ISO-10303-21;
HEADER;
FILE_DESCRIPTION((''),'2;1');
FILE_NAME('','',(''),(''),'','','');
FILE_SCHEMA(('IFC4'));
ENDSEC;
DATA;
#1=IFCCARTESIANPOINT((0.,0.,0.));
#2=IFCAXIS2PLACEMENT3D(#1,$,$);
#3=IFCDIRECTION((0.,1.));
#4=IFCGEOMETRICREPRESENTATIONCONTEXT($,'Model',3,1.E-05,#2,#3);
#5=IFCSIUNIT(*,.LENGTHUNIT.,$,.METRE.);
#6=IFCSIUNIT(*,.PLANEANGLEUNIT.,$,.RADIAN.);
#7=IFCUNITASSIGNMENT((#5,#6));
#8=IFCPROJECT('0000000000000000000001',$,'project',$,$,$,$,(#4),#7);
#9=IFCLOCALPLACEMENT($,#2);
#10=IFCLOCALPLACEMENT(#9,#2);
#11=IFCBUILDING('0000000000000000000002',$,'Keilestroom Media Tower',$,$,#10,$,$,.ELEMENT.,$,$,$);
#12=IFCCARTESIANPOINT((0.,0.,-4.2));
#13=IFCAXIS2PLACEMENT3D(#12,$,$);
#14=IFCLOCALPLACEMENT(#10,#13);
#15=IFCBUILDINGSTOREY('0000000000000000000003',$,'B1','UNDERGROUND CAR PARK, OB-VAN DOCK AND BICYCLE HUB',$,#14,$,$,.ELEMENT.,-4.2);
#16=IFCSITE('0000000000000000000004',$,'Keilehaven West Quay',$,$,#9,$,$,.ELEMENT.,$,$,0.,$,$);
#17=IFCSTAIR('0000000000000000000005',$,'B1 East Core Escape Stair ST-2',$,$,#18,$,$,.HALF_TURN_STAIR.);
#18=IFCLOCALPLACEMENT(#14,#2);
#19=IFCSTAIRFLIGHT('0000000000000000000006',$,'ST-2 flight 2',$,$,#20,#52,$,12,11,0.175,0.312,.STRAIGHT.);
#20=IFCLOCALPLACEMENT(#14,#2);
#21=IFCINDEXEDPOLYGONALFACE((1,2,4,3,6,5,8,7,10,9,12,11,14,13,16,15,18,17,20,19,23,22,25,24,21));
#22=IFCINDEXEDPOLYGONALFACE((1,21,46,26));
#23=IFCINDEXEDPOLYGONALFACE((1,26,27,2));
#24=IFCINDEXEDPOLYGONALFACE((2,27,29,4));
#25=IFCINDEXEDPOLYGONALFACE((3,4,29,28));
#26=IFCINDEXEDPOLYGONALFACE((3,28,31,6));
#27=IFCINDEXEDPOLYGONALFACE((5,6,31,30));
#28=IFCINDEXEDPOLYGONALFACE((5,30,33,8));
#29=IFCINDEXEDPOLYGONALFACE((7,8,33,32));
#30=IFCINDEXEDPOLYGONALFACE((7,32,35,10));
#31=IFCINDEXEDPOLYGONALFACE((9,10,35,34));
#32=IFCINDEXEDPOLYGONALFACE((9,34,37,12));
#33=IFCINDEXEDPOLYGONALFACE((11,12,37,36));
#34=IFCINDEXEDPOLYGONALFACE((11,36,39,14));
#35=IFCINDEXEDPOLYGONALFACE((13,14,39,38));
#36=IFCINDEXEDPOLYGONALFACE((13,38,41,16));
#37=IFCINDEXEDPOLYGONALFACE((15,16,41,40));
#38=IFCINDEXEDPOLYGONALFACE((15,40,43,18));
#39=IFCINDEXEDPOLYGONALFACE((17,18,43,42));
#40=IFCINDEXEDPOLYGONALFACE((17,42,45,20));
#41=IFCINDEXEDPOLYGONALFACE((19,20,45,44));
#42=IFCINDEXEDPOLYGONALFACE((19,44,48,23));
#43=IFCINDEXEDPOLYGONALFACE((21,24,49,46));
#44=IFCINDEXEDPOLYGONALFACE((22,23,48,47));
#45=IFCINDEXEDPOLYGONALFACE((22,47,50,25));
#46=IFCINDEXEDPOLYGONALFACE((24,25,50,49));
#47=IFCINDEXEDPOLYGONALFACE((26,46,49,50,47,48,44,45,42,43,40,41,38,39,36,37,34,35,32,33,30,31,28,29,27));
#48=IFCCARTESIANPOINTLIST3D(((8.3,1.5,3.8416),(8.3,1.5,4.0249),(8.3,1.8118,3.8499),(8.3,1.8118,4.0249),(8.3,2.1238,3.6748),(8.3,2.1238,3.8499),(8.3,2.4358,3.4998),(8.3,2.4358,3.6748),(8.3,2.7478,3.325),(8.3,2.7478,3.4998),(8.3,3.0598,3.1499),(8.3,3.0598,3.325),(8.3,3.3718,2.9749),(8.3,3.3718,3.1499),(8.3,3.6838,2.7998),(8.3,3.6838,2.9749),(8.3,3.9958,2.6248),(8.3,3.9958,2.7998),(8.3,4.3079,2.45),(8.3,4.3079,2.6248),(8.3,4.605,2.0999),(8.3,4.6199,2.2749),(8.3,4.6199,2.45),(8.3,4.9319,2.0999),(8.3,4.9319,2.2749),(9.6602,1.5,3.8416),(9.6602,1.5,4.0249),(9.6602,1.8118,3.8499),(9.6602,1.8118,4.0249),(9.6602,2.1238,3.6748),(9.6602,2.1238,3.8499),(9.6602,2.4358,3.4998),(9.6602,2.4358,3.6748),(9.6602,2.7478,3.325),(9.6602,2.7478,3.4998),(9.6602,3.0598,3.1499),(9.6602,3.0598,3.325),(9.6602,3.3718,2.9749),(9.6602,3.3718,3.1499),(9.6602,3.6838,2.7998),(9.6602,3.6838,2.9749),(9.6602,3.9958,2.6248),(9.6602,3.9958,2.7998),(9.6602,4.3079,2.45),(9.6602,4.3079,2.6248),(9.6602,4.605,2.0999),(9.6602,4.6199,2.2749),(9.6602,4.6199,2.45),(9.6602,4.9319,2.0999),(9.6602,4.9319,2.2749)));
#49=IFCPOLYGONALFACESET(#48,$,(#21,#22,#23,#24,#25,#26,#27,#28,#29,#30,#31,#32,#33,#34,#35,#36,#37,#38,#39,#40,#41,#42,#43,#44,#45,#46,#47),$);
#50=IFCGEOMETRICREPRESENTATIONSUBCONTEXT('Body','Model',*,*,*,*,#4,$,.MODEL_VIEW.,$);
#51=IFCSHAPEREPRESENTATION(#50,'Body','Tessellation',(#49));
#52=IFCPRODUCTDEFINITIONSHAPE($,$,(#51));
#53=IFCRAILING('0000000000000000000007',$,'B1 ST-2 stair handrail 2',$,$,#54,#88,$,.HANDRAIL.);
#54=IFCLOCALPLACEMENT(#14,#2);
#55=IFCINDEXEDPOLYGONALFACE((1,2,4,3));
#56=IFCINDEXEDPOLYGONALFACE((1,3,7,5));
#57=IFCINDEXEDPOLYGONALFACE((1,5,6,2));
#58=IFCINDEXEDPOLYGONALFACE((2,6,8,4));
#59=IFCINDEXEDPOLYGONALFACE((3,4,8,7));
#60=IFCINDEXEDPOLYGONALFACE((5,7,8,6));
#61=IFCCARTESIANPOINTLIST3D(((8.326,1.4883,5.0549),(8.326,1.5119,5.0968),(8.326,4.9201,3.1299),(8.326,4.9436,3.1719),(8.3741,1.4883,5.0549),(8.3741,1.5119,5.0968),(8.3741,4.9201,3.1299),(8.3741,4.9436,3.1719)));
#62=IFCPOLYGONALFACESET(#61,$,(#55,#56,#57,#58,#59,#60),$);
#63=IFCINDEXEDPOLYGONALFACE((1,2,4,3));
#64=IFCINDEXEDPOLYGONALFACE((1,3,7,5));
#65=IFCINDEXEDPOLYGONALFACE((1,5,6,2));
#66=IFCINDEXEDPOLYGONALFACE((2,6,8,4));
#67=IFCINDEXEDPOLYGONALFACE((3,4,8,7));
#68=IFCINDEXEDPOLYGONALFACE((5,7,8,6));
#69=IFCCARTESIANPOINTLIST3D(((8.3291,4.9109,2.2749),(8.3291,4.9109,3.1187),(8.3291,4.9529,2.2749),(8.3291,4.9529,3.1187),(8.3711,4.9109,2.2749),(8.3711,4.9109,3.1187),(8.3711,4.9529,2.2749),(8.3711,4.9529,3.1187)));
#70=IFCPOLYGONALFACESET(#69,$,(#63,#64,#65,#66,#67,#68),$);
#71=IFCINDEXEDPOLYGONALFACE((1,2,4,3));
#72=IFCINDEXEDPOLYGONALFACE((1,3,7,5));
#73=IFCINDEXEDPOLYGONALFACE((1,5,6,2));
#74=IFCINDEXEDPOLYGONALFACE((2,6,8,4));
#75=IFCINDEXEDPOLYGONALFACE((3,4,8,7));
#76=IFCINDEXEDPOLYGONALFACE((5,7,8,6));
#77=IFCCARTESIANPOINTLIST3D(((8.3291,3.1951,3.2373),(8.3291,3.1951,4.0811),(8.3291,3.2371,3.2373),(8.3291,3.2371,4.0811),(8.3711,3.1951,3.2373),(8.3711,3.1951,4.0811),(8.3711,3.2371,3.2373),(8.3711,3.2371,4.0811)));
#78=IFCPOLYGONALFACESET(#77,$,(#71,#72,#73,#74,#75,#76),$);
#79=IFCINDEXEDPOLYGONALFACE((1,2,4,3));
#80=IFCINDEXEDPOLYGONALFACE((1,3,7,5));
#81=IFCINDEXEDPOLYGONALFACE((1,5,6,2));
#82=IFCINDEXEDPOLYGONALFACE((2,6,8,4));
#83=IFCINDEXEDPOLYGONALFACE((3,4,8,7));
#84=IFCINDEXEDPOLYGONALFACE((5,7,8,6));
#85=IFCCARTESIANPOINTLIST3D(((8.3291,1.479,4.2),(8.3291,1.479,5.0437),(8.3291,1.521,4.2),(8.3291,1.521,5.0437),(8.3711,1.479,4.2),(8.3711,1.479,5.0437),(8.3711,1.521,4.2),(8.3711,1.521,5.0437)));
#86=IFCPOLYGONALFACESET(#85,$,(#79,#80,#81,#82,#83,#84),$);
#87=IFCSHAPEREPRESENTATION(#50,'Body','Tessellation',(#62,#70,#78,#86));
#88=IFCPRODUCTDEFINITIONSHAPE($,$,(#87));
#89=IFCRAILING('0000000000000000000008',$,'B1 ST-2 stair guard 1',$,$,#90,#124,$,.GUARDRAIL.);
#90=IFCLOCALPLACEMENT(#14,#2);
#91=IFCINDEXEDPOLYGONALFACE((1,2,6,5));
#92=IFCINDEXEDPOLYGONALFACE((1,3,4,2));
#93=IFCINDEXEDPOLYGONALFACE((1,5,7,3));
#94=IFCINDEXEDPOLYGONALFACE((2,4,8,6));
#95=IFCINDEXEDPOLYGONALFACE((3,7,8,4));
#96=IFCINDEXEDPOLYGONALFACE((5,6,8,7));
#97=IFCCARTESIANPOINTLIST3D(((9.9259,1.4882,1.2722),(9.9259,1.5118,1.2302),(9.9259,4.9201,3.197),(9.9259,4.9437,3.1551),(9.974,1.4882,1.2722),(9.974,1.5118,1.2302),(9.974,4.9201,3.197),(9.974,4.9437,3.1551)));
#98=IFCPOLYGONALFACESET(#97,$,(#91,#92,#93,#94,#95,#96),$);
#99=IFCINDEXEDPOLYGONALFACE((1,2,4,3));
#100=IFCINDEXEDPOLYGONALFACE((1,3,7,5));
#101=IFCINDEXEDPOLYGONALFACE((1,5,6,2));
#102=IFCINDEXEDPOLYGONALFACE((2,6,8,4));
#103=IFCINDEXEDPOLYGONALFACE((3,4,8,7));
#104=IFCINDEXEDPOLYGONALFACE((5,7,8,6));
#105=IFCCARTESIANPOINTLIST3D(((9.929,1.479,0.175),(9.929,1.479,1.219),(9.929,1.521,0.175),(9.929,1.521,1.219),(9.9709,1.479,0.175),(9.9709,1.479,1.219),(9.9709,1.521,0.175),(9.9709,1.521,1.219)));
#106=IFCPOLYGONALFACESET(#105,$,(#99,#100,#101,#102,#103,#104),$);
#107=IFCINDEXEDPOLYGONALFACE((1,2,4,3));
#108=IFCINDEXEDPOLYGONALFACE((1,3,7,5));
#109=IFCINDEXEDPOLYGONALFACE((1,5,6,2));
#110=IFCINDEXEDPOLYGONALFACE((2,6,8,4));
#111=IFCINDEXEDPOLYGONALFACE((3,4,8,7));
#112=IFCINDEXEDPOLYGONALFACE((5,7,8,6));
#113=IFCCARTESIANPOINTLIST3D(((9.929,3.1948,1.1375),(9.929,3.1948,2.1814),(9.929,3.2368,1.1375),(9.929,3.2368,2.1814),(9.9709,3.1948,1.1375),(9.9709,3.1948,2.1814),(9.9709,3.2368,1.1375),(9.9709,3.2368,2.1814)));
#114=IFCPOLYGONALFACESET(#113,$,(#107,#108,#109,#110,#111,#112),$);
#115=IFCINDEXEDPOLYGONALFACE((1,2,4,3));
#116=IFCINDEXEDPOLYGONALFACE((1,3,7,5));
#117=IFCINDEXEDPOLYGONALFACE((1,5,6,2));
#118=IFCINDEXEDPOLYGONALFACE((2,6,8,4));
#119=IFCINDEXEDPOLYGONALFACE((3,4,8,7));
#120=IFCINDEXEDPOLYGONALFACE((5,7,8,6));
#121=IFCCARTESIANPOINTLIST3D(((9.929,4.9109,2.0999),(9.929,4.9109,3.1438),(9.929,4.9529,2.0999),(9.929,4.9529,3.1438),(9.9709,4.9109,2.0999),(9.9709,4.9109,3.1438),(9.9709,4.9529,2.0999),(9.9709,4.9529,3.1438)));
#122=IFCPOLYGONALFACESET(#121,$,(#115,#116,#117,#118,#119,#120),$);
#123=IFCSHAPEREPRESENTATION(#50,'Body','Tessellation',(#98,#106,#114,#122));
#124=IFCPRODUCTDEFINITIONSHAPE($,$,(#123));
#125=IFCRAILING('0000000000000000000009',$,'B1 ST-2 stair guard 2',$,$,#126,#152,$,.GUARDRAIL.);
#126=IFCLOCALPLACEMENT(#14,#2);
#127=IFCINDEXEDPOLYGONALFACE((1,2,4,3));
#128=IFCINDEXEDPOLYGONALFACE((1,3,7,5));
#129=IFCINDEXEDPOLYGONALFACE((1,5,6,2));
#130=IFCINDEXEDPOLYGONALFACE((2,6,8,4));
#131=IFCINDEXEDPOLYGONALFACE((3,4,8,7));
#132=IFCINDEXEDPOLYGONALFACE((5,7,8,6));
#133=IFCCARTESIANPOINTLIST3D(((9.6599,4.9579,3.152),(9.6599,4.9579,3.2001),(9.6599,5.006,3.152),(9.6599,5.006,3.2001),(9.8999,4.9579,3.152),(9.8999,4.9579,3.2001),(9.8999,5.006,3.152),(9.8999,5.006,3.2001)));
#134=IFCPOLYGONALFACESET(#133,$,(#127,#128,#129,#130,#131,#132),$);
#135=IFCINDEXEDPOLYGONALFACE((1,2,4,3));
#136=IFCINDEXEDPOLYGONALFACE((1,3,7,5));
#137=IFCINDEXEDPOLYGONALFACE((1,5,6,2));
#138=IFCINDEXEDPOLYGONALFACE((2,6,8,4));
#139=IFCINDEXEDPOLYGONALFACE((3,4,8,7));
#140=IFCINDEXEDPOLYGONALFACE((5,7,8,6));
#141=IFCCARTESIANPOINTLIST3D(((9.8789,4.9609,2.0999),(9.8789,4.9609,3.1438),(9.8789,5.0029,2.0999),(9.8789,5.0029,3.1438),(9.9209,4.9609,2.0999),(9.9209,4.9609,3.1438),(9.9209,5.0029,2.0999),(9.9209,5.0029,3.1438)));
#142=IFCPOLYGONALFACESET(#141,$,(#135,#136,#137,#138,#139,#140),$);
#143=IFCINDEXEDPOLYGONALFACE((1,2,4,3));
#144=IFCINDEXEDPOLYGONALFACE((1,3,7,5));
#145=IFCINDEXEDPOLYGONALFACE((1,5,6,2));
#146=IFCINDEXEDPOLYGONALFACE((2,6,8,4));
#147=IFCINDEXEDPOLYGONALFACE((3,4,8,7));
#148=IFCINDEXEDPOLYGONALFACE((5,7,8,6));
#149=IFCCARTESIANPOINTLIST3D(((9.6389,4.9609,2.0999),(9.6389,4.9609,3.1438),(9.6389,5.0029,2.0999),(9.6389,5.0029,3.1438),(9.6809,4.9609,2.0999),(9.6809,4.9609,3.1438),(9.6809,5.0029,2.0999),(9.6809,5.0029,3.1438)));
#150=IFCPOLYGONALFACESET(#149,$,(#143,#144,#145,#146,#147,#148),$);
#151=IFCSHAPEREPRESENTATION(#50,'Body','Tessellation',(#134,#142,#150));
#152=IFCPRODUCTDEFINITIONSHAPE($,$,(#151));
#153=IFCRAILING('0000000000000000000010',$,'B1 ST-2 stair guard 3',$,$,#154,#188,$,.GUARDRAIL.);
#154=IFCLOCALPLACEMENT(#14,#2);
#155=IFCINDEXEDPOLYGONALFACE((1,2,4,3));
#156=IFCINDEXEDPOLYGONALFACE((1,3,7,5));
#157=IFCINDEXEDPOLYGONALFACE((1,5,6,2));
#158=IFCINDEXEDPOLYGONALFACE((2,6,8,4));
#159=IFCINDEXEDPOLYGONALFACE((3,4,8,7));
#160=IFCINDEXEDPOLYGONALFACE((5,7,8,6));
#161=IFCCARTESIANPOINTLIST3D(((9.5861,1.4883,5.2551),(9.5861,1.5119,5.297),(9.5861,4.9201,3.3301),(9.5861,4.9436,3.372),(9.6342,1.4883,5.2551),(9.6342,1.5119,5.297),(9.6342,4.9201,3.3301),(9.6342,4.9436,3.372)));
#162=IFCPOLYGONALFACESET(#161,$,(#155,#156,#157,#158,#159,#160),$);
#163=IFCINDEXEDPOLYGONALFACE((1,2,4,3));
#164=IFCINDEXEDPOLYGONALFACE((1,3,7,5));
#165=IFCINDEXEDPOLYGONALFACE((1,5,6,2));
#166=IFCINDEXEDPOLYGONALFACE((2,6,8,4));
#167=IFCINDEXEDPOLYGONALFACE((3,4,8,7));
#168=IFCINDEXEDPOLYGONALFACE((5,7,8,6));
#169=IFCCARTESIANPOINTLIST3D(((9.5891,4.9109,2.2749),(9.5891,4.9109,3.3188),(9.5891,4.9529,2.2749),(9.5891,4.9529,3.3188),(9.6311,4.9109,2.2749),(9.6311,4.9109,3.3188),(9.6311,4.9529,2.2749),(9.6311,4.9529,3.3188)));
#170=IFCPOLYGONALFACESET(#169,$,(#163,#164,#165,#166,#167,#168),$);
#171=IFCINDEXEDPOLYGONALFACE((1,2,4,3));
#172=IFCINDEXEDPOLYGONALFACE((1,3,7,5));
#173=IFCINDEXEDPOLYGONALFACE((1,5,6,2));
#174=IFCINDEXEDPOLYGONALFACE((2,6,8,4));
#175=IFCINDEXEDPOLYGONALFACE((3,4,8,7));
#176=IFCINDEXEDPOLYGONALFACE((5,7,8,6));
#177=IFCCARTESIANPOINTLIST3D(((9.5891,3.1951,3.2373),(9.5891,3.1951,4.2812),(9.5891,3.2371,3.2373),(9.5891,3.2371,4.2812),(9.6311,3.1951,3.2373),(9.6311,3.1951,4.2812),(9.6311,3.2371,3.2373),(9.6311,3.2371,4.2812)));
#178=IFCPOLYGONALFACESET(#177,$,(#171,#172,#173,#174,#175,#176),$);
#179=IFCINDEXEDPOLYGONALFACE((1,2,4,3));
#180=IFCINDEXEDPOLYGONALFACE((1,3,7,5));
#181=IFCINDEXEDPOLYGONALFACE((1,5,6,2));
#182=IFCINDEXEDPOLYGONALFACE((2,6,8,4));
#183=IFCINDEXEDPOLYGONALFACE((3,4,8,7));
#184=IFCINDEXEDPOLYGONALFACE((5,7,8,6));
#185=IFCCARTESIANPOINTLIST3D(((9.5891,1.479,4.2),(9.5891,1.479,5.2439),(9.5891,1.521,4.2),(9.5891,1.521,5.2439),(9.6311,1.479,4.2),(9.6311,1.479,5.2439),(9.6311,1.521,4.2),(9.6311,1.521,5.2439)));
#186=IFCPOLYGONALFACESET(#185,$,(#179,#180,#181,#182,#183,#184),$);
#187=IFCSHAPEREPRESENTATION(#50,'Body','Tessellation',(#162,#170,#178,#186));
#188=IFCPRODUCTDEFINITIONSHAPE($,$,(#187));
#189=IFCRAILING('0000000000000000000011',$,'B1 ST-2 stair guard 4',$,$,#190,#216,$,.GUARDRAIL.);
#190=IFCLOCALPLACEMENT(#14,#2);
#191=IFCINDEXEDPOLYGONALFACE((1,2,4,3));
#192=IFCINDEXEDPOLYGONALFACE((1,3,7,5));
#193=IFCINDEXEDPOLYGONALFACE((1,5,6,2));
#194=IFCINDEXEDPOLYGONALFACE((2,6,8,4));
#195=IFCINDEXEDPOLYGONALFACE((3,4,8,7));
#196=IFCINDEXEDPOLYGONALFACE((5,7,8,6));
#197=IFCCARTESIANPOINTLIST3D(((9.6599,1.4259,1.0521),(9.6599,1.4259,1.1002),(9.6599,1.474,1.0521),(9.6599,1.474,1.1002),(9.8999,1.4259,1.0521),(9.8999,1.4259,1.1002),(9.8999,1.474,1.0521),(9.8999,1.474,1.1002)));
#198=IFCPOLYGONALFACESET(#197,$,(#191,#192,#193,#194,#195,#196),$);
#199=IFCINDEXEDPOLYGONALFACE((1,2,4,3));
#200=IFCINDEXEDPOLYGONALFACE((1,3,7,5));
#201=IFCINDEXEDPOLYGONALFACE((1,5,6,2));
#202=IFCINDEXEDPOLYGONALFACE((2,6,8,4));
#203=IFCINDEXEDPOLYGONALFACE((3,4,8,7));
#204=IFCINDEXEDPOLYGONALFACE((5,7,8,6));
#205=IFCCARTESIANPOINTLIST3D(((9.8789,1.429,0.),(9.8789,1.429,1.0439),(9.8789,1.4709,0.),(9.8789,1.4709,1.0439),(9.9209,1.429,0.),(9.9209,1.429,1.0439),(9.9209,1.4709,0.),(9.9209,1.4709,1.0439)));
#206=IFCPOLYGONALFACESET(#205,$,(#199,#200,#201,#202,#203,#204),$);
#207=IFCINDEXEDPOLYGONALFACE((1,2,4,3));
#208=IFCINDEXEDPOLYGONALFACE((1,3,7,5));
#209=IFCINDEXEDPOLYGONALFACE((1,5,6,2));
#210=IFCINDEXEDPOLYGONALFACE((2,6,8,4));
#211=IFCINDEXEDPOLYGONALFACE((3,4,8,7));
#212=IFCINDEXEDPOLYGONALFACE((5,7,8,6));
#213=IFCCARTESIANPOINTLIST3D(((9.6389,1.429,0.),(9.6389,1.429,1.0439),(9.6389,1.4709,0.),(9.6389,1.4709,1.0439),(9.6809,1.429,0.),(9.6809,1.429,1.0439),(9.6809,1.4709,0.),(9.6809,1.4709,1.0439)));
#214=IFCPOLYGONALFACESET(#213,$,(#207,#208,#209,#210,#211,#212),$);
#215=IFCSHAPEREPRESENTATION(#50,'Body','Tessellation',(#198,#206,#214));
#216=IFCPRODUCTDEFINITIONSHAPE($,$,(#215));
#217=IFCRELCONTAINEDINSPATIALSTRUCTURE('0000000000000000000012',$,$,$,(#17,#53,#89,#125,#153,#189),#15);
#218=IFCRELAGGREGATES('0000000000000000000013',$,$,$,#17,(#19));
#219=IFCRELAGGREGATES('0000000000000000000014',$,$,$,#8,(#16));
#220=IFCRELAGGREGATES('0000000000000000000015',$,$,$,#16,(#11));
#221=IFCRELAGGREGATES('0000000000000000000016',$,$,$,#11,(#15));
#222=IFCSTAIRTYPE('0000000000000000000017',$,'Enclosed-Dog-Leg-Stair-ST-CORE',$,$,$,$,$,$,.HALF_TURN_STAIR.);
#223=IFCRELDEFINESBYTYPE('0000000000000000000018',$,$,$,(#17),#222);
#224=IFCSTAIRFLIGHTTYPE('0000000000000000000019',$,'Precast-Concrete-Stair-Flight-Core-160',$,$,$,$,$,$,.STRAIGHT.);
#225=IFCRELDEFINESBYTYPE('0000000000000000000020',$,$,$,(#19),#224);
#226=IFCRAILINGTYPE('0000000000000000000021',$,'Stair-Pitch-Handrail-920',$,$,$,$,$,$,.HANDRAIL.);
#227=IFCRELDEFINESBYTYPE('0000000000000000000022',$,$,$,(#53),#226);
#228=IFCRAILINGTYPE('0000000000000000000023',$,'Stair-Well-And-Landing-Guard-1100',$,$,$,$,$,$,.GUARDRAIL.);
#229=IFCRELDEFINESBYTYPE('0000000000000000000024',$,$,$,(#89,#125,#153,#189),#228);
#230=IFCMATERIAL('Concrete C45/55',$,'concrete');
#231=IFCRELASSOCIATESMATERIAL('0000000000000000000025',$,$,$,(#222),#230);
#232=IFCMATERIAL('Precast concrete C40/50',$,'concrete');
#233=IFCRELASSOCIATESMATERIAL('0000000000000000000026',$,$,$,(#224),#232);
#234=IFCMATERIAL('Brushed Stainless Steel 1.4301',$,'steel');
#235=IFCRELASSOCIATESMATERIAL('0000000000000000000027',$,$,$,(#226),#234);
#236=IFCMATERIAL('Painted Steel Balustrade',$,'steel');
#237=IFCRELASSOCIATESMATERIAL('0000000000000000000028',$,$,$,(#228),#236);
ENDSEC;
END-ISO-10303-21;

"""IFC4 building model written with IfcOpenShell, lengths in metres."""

from ifc_helpers import new_model, si_unit, direction, frame, origin, origin_2d, place, context, subcontext, project, spatial, polyline, rectangle, outline, extrude, material, type_object, element, aggregate, save


model = new_model("IFC4")

# Units and contexts
model_context = context("Model", 3, precision=1e-05, world=origin(), true_north=direction((0.0, 1.0)))
body_context = subcontext(model_context, "Body", "Model", "MODEL_VIEW")
ifc_project = project(units=[si_unit("LENGTHUNIT", "METRE"), si_unit("PLANEANGLEUNIT", "RADIAN")], contexts=[model_context])

# Site, building, storey
site_placement = place(None, origin())
site = spatial("IfcSite", under=ifc_project, at=site_placement, Name="Keilehaven West Quay", CompositionType="ELEMENT", RefElevation=0.0)
building_placement = place(site_placement, origin())
building = spatial("IfcBuilding", under=site, at=building_placement, Name="Keilestroom Media Tower", CompositionType="ELEMENT")
storey_placement = place(building_placement, frame((0.0, 0.0, -4.2)))
storey = spatial("IfcBuildingStorey", under=building, at=storey_placement, Name="B1", Description="UNDERGROUND CAR PARK, OB-VAN DOCK AND BICYCLE HUB", CompositionType="ELEMENT", Elevation=-4.2)

# Shared definitions
ifc_material_1 = material(Name="Precast concrete C40/50", Category="concrete")

# Shared definitions
ifc_material_2 = material(Name="Concrete C45/55", Category="concrete")

# Stair
stair_type_1 = type_object("IfcStairType", Name="Enclosed-Dog-Leg-Stair-ST-CORE", PredefinedType="HALF_TURN_STAIR", material=ifc_material_2)
stair_1_placement = place(storey_placement, origin())
stair_1 = element("IfcStair", 1, at=stair_1_placement, inside=storey, type_object=stair_type_1, Name="B1 East Core Escape Stair ST-2", PredefinedType="HALF_TURN_STAIR")

# Stair flight
stair_flight_type = type_object("IfcStairFlightType", Name="Precast-Concrete-Stair-Flight-Core-160", PredefinedType="STRAIGHT", material=ifc_material_1)
stair_flight_placement = place(storey_placement, frame((8.98, 4.9319, 2.0999), z_axis=(0.0, 0.0, 1.0), x_axis=(0.0, -1.0, 0.0)))
stair_flight = element("IfcStairFlight", 2, at=stair_flight_placement, type_object=stair_flight_type, Name="ST-2 flight 2", NumberOfRisers=12, NumberOfTreads=11, PredefinedType="STRAIGHT", RiserHeight=0.175, TreadLength=0.312, context=body_context, shape_type="SweptSolid", body=[
    extrude(outline(polyline([(0.0, 0.0), (0.0, 0.175), (0.312, 0.175), (0.312, 0.3501), (0.624, 0.3501), (0.624, 0.5249), (0.936, 0.5249), (0.936, 0.7), (1.248, 0.7), (1.248, 0.875), (1.5601, 0.875), (1.5601, 1.05), (1.8721, 1.05), (1.8721, 1.2251), (2.1841, 1.2251), (2.1841, 1.3999), (2.4961, 1.3999), (2.4961, 1.575), (2.8081, 1.575), (2.8081, 1.75), (3.1201, 1.75), (3.1201, 1.925), (3.4319, 1.925), (3.4319, 2.1001), (3.4319, 1.7417), (0.3269, 0.0), (0.0, 0.0)])), frame((0.0, 0.6802, 0.0), z_axis=(0.0, -1.0, 0.0), x_axis=(1.0, 0.0, 0.0)), (0.0, 0.0, 1.0), 1.3601),
])
aggregate(stair_1, [stair_flight])

# Railings
ifc_material_3 = material(Name="Brushed Stainless Steel 1.4301", Category="steel")
railing_type_1 = type_object("IfcRailingType", Name="Stair-Pitch-Handrail-920", PredefinedType="HANDRAIL", material=ifc_material_3)
railing_1_placement = place(storey_placement, frame((8.3501, 4.9319, 2.2749)))
element("IfcRailing", 3, at=railing_1_placement, inside=storey, type_object=railing_type_1, Name="B1 ST-2 stair handrail 2", PredefinedType="HANDRAIL", context=body_context, shape_type="SweptSolid", body=[
    extrude(rectangle(XDim=0.0481, YDim=0.0481, at=origin_2d()), frame((0.0, 0.0, 0.876), z_axis=(0.0, -0.87216, 0.489221), x_axis=(1.0, 0.0, 0.0)), (0.0, 0.0, 1.0), 3.9348),
    extrude(rectangle(XDim=0.042, YDim=0.042, at=origin_2d()), origin(), (0.0, 0.0, 1.0), 0.8438),
    extrude(rectangle(XDim=0.042, YDim=0.042, at=origin_2d()), frame((0.0, -1.7158, 0.9624)), (0.0, 0.0, 1.0), 0.8438),
    extrude(rectangle(XDim=0.042, YDim=0.042, at=origin_2d()), frame((0.0, -3.4319, 1.925)), (0.0, 0.0, 1.0), 0.8438),
])
ifc_material_4 = material(Name="Painted Steel Balustrade", Category="steel")
railing_type_2 = type_object("IfcRailingType", Name="Stair-Well-And-Landing-Guard-1100", PredefinedType="GUARDRAIL", material=ifc_material_4)
railing_2_placement = place(storey_placement, frame((9.95, 1.5, 0.175)))
element("IfcRailing", 4, at=railing_2_placement, inside=storey, type_object=railing_type_2, Name="B1 ST-2 stair guard 1", PredefinedType="GUARDRAIL", context=body_context, shape_type="SweptSolid", body=[
    extrude(rectangle(XDim=0.0481, YDim=0.0481, at=origin_2d()), frame((0.0, 0.0, 1.0762), z_axis=(0.0, 0.872186, 0.489174), x_axis=(-1.0, 0.0, 0.0)), (0.0, 0.0, 1.0), 3.9348),
    extrude(rectangle(XDim=0.042, YDim=0.042, at=origin_2d()), origin(), (0.0, 0.0, 1.0), 1.0439),
    extrude(rectangle(XDim=0.042, YDim=0.042, at=origin_2d()), frame((0.0, 1.7158, 0.9624)), (0.0, 0.0, 1.0), 1.0439),
    extrude(rectangle(XDim=0.042, YDim=0.042, at=origin_2d()), frame((0.0, 3.4319, 1.9248)), (0.0, 0.0, 1.0), 1.0439),
])
railing_3_placement = place(storey_placement, frame((9.8999, 4.9819, 2.0999)))
element("IfcRailing", 5, at=railing_3_placement, inside=storey, type_object=railing_type_2, Name="B1 ST-2 stair guard 2", PredefinedType="GUARDRAIL", context=body_context, shape_type="SweptSolid", body=[
    extrude(rectangle(XDim=0.0481, YDim=0.0481, at=origin_2d()), frame((0.0, 0.0, 1.0762), z_axis=(-1.0, 0.0, 0.0), x_axis=(0.0, -1.0, 0.0)), (0.0, 0.0, 1.0), 0.24),
    extrude(rectangle(XDim=0.042, YDim=0.042, at=origin_2d()), origin(), (0.0, 0.0, 1.0), 1.0439),
    extrude(rectangle(XDim=0.042, YDim=0.042, at=origin_2d()), frame((-0.24, 0.0, 0.0)), (0.0, 0.0, 1.0), 1.0439),
])
railing_4_placement = place(storey_placement, frame((9.6101, 4.9319, 2.2749)))
element("IfcRailing", 6, at=railing_4_placement, inside=storey, type_object=railing_type_2, Name="B1 ST-2 stair guard 3", PredefinedType="GUARDRAIL", context=body_context, shape_type="SweptSolid", body=[
    extrude(rectangle(XDim=0.0481, YDim=0.0481, at=origin_2d()), frame((0.0, 0.0, 1.0762), z_axis=(0.0, -0.87216, 0.489221), x_axis=(1.0, 0.0, 0.0)), (0.0, 0.0, 1.0), 3.9348),
    extrude(rectangle(XDim=0.042, YDim=0.042, at=origin_2d()), origin(), (0.0, 0.0, 1.0), 1.0439),
    extrude(rectangle(XDim=0.042, YDim=0.042, at=origin_2d()), frame((0.0, -1.7158, 0.9624)), (0.0, 0.0, 1.0), 1.0439),
    extrude(rectangle(XDim=0.042, YDim=0.042, at=origin_2d()), frame((0.0, -3.4319, 1.925)), (0.0, 0.0, 1.0), 1.0439),
])
railing_5_placement = place(storey_placement, frame((9.8999, 1.45, 0.0)))
element("IfcRailing", 7, at=railing_5_placement, inside=storey, type_object=railing_type_2, Name="B1 ST-2 stair guard 4", PredefinedType="GUARDRAIL", context=body_context, shape_type="SweptSolid", body=[
    extrude(rectangle(XDim=0.0481, YDim=0.0481, at=origin_2d()), frame((0.0, 0.0, 1.0762), z_axis=(-1.0, 0.0, 0.0), x_axis=(0.0, -1.0, 0.0)), (0.0, 0.0, 1.0), 0.24),
    extrude(rectangle(XDim=0.042, YDim=0.042, at=origin_2d()), origin(), (0.0, 0.0, 1.0), 1.0439),
    extrude(rectangle(XDim=0.042, YDim=0.042, at=origin_2d()), frame((-0.24, 0.0, 0.0)), (0.0, 0.0, 1.0), 1.0439),
])

save(model, "model.ifc")
